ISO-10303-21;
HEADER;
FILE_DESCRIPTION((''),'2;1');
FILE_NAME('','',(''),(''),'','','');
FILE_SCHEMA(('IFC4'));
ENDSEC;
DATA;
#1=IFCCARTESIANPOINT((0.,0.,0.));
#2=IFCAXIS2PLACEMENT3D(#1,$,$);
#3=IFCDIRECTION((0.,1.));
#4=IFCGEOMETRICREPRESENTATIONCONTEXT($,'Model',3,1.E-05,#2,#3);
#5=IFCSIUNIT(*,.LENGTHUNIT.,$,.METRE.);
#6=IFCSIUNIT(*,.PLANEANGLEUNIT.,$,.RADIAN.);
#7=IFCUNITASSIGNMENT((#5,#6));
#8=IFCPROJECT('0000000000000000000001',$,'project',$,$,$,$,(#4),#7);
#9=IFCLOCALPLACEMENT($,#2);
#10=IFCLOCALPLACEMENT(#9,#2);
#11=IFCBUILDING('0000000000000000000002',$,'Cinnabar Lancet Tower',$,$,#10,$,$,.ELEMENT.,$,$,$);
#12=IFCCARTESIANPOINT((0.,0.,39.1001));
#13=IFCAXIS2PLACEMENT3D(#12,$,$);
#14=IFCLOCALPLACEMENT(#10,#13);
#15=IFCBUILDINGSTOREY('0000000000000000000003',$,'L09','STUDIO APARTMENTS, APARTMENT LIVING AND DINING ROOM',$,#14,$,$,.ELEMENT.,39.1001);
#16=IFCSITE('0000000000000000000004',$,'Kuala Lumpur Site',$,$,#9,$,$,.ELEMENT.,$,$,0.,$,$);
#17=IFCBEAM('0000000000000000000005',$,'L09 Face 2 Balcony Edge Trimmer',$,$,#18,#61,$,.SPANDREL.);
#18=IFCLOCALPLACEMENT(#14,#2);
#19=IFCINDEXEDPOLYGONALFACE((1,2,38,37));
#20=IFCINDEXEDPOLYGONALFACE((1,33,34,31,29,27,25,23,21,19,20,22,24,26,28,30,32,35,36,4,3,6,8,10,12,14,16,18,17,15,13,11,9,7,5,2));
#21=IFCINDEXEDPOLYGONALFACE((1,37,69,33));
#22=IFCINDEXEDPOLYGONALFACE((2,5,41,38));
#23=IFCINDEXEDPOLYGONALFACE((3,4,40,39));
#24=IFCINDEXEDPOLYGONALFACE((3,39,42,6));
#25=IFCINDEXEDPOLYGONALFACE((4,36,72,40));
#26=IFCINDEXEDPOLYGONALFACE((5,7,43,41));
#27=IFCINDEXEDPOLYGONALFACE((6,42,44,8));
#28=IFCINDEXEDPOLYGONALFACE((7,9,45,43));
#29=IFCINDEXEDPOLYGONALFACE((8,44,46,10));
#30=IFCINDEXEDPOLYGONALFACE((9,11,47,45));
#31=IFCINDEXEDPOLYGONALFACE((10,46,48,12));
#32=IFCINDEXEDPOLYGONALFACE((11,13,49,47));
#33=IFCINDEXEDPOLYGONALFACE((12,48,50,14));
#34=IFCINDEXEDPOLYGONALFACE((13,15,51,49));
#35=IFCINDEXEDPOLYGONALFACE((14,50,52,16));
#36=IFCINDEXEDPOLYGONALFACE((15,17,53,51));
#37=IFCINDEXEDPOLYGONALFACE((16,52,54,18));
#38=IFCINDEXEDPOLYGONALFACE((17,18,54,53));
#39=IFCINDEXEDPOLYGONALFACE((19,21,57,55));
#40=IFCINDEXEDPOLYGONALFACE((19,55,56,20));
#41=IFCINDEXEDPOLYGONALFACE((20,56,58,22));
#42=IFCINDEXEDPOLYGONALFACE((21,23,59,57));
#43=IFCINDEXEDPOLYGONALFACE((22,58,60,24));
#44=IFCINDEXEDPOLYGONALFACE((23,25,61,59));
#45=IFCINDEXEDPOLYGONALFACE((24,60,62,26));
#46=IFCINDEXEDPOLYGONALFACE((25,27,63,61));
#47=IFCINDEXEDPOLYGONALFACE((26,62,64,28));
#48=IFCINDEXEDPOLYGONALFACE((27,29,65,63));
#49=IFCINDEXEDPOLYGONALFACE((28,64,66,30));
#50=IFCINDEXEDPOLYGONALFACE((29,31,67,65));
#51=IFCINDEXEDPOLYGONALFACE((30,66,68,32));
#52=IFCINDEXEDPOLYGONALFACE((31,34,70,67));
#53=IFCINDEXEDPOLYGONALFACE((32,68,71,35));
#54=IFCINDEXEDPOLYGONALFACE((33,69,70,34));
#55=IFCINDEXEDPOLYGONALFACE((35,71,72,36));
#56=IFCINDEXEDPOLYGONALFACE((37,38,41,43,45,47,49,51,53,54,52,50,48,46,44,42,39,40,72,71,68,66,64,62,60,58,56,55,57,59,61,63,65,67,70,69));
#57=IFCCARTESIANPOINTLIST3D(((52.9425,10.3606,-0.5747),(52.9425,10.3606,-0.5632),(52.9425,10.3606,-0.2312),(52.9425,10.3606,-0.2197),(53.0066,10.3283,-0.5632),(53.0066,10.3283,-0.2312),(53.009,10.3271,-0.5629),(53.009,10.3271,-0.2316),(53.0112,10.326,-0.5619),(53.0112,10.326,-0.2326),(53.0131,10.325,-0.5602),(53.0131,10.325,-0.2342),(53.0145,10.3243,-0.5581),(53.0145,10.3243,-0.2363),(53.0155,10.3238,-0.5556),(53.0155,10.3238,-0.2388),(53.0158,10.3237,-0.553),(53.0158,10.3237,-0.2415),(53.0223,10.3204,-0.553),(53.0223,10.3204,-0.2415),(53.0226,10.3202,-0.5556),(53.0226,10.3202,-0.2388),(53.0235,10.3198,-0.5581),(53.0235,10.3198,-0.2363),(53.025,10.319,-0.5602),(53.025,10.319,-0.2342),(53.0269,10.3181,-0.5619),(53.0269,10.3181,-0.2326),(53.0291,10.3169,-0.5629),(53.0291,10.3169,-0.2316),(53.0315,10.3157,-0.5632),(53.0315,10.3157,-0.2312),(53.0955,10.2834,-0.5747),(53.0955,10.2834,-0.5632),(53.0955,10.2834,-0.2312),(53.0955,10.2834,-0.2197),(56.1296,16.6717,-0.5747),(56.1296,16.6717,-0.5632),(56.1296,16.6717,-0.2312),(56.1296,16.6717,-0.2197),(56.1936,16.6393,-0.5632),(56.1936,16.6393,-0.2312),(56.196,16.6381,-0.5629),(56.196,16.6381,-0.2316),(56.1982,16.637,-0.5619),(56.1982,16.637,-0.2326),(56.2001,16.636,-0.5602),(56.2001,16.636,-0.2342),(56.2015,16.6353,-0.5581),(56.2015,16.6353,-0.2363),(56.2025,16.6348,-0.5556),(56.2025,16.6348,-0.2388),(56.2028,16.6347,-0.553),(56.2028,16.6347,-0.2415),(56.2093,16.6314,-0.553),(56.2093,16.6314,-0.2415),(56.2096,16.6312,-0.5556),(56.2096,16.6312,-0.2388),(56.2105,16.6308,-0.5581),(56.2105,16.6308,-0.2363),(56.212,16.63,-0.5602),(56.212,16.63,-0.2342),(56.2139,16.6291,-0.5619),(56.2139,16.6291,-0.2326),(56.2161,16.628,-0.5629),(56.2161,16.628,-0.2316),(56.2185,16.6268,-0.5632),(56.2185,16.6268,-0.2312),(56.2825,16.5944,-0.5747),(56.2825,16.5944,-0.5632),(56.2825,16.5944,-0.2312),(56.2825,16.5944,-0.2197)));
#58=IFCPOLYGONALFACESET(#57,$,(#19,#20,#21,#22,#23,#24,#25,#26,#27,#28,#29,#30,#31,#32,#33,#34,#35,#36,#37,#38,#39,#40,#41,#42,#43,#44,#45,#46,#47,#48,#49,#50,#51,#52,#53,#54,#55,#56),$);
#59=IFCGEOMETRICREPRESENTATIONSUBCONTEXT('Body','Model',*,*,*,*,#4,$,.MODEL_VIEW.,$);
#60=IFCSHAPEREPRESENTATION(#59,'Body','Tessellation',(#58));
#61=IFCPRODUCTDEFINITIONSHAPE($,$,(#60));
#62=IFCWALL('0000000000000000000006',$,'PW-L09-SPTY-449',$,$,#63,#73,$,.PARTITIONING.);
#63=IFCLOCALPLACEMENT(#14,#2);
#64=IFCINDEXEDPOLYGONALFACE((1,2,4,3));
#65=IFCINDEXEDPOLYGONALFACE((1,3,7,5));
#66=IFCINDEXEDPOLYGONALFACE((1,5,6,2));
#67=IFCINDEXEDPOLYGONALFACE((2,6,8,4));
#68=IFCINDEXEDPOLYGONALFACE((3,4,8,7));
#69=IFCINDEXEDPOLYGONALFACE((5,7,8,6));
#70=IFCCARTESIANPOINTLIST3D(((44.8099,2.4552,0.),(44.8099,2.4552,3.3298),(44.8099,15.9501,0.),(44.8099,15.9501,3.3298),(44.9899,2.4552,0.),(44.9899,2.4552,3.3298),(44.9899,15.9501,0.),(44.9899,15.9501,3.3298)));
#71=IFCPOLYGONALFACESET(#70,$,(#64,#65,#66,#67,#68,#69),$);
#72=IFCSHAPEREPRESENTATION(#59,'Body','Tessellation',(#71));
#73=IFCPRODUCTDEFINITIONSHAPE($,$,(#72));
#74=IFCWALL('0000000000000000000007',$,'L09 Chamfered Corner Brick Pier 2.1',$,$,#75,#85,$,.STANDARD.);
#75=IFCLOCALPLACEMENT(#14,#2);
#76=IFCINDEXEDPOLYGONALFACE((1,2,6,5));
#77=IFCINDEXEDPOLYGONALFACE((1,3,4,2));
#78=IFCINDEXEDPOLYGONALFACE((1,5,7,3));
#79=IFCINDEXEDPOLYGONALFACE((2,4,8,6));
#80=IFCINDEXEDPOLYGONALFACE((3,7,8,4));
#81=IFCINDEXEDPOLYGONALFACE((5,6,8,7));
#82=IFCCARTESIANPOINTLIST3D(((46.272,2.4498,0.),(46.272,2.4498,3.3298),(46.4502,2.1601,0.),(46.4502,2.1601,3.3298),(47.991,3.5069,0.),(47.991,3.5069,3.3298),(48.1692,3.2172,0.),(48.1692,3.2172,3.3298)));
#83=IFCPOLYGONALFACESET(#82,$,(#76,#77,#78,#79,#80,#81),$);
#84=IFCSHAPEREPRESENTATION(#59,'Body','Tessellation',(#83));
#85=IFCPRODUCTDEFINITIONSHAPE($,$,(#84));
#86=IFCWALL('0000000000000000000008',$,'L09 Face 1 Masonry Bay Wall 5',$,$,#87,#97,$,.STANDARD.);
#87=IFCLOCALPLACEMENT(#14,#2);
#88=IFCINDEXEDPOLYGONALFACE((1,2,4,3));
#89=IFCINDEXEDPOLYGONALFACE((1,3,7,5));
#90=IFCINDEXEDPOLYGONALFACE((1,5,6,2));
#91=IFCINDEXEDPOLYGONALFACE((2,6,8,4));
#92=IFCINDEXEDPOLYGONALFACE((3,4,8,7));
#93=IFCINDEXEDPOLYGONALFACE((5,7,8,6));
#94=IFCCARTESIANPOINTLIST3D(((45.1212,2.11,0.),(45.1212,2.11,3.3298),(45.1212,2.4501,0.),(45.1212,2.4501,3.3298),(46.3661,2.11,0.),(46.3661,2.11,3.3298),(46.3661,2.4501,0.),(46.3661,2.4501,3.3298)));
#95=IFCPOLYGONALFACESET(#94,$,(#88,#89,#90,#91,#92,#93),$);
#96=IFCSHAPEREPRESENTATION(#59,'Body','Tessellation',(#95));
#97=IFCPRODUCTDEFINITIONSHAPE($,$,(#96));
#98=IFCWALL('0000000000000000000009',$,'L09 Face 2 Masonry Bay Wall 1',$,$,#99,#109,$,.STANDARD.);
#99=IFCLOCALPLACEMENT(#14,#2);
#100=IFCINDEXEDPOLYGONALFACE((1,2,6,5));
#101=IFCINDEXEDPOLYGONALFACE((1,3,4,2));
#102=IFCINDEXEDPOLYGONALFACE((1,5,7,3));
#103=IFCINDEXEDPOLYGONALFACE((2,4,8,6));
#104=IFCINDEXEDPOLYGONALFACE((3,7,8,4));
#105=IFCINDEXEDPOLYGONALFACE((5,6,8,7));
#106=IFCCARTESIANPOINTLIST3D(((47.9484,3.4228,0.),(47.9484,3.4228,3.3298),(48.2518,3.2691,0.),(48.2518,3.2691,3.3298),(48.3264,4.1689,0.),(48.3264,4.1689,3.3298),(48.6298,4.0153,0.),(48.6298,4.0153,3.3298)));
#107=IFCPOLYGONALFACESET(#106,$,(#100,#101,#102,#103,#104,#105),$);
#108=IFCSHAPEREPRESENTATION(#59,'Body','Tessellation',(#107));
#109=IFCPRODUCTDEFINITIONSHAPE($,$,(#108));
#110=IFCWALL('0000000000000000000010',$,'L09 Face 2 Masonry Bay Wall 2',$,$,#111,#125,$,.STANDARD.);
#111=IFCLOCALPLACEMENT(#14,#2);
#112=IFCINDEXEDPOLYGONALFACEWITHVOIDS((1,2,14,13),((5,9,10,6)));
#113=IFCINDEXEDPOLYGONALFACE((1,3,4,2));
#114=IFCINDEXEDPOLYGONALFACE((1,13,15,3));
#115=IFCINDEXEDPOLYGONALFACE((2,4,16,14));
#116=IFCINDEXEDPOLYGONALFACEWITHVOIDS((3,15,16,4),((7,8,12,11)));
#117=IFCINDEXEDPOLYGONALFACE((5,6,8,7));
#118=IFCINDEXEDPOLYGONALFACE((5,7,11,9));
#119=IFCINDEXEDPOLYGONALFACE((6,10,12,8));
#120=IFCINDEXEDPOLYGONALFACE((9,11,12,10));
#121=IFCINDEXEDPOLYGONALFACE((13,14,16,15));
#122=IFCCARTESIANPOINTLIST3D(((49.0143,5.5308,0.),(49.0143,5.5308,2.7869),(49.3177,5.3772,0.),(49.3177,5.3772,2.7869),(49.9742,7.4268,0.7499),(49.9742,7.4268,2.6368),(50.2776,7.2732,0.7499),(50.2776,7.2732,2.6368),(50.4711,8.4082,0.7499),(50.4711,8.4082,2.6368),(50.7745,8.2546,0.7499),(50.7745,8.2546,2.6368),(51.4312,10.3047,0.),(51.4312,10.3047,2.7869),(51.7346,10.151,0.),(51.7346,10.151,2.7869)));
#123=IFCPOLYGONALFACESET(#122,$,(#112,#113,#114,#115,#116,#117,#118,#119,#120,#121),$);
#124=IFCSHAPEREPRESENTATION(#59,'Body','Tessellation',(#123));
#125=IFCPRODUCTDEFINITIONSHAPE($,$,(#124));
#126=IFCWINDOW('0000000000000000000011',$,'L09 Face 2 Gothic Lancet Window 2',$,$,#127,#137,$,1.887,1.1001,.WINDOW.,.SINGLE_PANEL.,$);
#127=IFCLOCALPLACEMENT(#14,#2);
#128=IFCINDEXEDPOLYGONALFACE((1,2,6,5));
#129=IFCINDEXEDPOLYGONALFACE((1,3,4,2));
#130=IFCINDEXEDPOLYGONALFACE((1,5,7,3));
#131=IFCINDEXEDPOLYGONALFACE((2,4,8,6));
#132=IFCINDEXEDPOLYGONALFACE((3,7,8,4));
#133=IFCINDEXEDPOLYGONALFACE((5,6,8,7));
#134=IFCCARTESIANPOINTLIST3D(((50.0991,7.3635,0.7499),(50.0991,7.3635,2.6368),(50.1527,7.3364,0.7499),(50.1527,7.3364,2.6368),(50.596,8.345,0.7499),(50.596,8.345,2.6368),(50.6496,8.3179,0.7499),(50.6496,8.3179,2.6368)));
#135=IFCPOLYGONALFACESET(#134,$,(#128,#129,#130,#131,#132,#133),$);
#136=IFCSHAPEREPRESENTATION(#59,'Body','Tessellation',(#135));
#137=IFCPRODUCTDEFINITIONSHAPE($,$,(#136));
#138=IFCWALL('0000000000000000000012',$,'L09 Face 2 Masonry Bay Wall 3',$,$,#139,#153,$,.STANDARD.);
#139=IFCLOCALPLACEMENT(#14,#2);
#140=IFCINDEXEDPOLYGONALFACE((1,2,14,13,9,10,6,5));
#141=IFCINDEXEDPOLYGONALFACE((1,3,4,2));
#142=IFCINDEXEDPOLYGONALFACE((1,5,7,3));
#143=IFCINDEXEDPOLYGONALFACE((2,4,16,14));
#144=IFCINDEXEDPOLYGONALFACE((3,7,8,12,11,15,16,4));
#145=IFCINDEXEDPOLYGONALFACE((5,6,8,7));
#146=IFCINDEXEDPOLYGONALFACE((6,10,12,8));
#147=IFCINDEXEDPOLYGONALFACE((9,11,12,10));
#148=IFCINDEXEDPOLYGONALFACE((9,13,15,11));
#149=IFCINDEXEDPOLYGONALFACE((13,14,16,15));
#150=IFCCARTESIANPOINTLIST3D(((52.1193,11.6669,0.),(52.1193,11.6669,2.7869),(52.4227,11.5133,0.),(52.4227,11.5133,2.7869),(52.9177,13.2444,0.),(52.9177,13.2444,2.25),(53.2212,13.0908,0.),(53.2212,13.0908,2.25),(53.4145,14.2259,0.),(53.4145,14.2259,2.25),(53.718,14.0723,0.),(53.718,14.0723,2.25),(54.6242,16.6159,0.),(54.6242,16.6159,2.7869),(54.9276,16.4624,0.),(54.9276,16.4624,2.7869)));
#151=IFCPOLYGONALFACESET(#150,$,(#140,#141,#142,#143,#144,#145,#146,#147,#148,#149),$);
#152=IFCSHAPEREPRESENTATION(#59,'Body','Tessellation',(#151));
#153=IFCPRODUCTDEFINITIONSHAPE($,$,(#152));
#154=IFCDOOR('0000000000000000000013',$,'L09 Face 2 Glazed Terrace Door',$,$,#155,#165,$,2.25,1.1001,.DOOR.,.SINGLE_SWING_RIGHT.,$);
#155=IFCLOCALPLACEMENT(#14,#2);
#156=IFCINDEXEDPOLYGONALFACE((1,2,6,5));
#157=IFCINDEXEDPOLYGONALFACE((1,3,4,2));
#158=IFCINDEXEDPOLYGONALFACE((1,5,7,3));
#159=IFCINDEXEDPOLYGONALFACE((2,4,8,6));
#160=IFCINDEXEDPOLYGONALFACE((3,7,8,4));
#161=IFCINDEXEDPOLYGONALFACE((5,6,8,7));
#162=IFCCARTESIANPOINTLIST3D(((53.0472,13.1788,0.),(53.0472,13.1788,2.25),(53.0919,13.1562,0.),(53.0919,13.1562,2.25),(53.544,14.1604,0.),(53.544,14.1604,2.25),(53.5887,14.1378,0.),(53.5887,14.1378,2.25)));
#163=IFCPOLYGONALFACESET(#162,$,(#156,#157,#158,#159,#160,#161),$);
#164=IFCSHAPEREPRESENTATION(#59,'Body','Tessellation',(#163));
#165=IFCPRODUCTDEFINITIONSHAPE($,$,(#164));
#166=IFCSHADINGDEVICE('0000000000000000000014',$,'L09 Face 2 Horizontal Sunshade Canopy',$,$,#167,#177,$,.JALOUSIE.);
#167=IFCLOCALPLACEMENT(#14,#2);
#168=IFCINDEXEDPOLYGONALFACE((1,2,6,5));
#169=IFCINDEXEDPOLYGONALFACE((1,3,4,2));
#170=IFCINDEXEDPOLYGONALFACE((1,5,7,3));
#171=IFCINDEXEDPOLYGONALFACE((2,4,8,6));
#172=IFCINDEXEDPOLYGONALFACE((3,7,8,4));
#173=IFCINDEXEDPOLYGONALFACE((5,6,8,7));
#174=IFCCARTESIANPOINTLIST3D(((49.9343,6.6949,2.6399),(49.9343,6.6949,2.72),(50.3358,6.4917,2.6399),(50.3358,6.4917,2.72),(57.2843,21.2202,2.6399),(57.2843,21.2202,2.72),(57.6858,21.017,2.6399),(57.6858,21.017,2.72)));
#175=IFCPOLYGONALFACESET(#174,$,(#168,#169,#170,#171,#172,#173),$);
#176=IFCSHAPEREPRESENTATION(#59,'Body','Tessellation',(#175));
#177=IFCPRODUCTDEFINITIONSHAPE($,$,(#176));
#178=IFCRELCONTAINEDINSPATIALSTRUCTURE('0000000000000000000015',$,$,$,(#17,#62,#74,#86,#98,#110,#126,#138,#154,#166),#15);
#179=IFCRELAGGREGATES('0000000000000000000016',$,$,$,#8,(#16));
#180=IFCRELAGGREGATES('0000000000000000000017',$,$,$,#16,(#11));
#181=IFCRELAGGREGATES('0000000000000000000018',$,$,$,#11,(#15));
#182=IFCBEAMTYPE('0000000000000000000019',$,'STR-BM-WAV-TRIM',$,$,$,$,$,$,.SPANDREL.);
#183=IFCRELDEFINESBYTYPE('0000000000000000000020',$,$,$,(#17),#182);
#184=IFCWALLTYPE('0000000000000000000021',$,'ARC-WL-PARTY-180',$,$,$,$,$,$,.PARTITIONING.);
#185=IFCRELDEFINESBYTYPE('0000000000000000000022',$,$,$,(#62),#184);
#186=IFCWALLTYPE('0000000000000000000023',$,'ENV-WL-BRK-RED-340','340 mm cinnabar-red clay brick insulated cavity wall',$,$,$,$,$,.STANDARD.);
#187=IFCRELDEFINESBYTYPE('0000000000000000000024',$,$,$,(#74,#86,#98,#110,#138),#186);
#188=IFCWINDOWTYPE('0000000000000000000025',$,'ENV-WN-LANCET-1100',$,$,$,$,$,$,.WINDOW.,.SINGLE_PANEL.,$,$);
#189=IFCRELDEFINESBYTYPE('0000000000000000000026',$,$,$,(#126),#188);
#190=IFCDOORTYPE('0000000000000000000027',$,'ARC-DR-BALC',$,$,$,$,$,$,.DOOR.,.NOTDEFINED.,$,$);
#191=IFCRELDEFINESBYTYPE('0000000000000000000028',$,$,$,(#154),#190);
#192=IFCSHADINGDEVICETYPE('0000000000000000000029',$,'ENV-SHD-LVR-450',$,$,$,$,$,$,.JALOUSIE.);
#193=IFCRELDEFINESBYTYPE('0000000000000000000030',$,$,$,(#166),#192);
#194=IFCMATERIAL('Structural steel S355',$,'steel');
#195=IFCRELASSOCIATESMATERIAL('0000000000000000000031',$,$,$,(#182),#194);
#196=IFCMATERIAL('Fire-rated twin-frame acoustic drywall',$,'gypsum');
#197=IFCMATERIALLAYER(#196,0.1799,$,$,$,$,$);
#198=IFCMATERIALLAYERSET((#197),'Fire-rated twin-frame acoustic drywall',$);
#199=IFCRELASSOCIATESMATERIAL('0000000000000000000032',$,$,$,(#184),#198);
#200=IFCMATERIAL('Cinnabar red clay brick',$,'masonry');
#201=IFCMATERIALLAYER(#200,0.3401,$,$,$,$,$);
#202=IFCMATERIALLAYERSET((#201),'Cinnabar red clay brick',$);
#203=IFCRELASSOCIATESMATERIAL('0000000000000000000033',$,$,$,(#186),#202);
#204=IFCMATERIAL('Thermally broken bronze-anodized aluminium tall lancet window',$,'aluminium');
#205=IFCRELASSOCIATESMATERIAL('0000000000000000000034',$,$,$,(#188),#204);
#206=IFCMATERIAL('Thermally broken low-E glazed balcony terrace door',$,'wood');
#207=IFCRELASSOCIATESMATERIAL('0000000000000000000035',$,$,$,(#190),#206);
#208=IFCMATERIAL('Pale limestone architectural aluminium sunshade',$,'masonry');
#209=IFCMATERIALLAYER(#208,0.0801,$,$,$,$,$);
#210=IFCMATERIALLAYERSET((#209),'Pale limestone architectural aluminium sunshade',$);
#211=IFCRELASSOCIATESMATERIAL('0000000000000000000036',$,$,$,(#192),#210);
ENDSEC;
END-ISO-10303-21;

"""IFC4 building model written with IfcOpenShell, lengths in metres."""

from ifc_helpers import new_model, si_unit, direction, frame, frame_2d, origin, origin_2d, place, context, subcontext, project, spatial, rectangle, i_section, extrude, material, layer, layer_set, material_profile, profile_set, type_object, element, fill, save


model = new_model("IFC4")

# Units and contexts
model_context = context("Model", 3, precision=1e-05, world=origin(), true_north=direction((0.0, 1.0)))
body_context = subcontext(model_context, "Body", "Model", "MODEL_VIEW")
ifc_project = project(units=[si_unit("LENGTHUNIT", "METRE"), si_unit("PLANEANGLEUNIT", "RADIAN")], contexts=[model_context])

# Site, building, storey
site_placement = place(None, origin())
site = spatial("IfcSite", under=ifc_project, at=site_placement, Name="Kuala Lumpur Site", CompositionType="ELEMENT", RefElevation=0.0)
building_placement = place(site_placement, origin())
building = spatial("IfcBuilding", under=site, at=building_placement, Name="Cinnabar Lancet Tower", CompositionType="ELEMENT")
storey_placement = place(building_placement, frame((0.0, 0.0, 39.1001)))
storey = spatial("IfcBuildingStorey", under=building, at=storey_placement, Name="L09", Description="STUDIO APARTMENTS, APARTMENT LIVING AND DINING ROOM", CompositionType="ELEMENT", Elevation=39.1001)

# Beam
ifc_material_1 = material(Name="Structural steel S355", Category="steel")
ifc_material_profile_1 = material_profile(ifc_material_1, i_section(OverallWidth=0.1714, OverallDepth=0.355, WebThickness=0.0073, FlangeThickness=0.0115, FilletRadius=0.0103, at=origin_2d()), Name="UKB 356x171x51")
ifc_profile_set_1 = profile_set([ifc_material_profile_1], Name="Structural steel S355")
beam_type_1 = type_object("IfcBeamType", Name="STR-BM-WAV-TRIM", PredefinedType="SPANDREL", material=ifc_profile_set_1)
beam_1_placement = place(storey_placement, frame((53.019, 10.322, -0.3972), z_axis=(0.450774, 0.892638, 0.0), x_axis=(-0.892638, 0.450774, 0.0)))
element("IfcBeam", 1, at=beam_1_placement, inside=storey, type_object=beam_type_1, Name="L09 Face 2 Balcony Edge Trimmer", PredefinedType="SPANDREL", context=body_context, shape_type="SweptSolid", body=[
    extrude(i_section(OverallWidth=0.1714, OverallDepth=0.355, WebThickness=0.0073, FlangeThickness=0.0115, FilletRadius=0.0103, at=origin_2d()), origin(), (0.0, 0.0, 1.0), 7.0701),
])

# Walls
ifc_material_2 = material(Name="Fire-rated twin-frame acoustic drywall", Category="gypsum")
ifc_layer_1 = layer(ifc_material_2, 0.1799)
ifc_layer_set_1 = layer_set([ifc_layer_1], Name="Fire-rated twin-frame acoustic drywall")
wall_type_1 = type_object("IfcWallType", Name="ARC-WL-PARTY-180", PredefinedType="PARTITIONING", material=ifc_layer_set_1)
wall_1_placement = place(storey_placement, frame((44.8999, 2.4551, 0.0), z_axis=(0.0, 0.0, 1.0), x_axis=(0.0, 1.0, 0.0)))
element("IfcWall", 2, at=wall_1_placement, inside=storey, type_object=wall_type_1, Name="PW-L09-SPTY-449", PredefinedType="PARTITIONING", context=body_context, shape_type="SweptSolid", body=[
    extrude(rectangle(XDim=13.4949, YDim=0.1799, at=frame_2d((6.7476, 0.0))), origin(), (0.0, 0.0, 1.0), 3.3298),
])
ifc_material_3 = material(Name="Cinnabar red clay brick", Category="masonry")
ifc_layer_2 = layer(ifc_material_3, 0.3401)
ifc_layer_set_2 = layer_set([ifc_layer_2], Name="Cinnabar red clay brick")
wall_type_2 = type_object("IfcWallType", Name="ENV-WL-BRK-RED-340", Description="340 mm cinnabar-red clay brick insulated cavity wall", PredefinedType="STANDARD", material=ifc_layer_set_2)
wall_2_placement = place(storey_placement, frame((46.3611, 2.3049, 0.0), z_axis=(0.0, 0.0, 1.0), x_axis=(0.851816, 0.523841, 0.0)))
element("IfcWall", 3, at=wall_2_placement, inside=storey, type_object=wall_type_2, Name="L09 Chamfered Corner Brick Pier 2.1", PredefinedType="STANDARD", context=body_context, shape_type="SweptSolid", body=[
    extrude(rectangle(XDim=2.0181, YDim=0.3401, at=frame_2d((1.009, 0.0))), origin(), (0.0, 0.0, 1.0), 3.3298),
])
wall_3_placement = place(storey_placement, frame((45.1211, 2.28, 0.0), z_axis=(0.0, 0.0, 1.0), x_axis=(1.0, 0.0, 0.0)))
element("IfcWall", 4, at=wall_3_placement, inside=storey, type_object=wall_type_2, Name="L09 Face 1 Masonry Bay Wall 5", PredefinedType="STANDARD", context=body_context, shape_type="SweptSolid", body=[
    extrude(rectangle(XDim=1.2449, YDim=0.3401, at=frame_2d((0.6226, 0.0))), origin(), (0.0, 0.0, 1.0), 3.3298),
])
wall_4_placement = place(storey_placement, frame((48.1001, 3.3459, 0.0), z_axis=(0.0, 0.0, 1.0), x_axis=(0.451878, 0.89208, 0.0)))
element("IfcWall", 5, at=wall_4_placement, inside=storey, type_object=wall_type_2, Name="L09 Face 2 Masonry Bay Wall 1", PredefinedType="STANDARD", context=body_context, shape_type="SweptSolid", body=[
    extrude(rectangle(XDim=0.8364, YDim=0.3401, at=frame_2d((0.4182, 0.0))), origin(), (0.0, 0.0, 1.0), 3.3298),
])

# Wall, opening, window
wall_5_placement = place(storey_placement, frame((49.166, 5.4541, 0.0), z_axis=(0.0, 0.0, 1.0), x_axis=(0.451698, 0.892171, 0.0)))
wall_5 = element("IfcWall", 6, at=wall_5_placement, inside=storey, type_object=wall_type_2, Name="L09 Face 2 Masonry Bay Wall 2", PredefinedType="STANDARD", context=body_context, shape_type="SweptSolid", body=[
    extrude(rectangle(XDim=5.3508, YDim=0.3401, at=frame_2d((2.6753, 0.0))), origin(), (0.0, 0.0, 1.0), 2.7869),
])
opening_1_placement = place(wall_5_placement, frame((2.125, 0.0, 0.75)))
opening_1 = element("IfcOpeningElement", 7, at=opening_1_placement, cuts=wall_5, PredefinedType="OPENING", context=body_context, shape_type="SweptSolid", body=[
    extrude(rectangle(XDim=1.1001, YDim=1.887, at=frame_2d((0.55, 0.9434))), frame((0.0, 0.1799, 0.0), z_axis=(0.0, -1.0, 0.0), x_axis=(1.0, 0.0, 0.0)), (0.0, 0.0, 1.0), 0.3601),
])
ifc_material_4 = material(Name="Thermally broken bronze-anodized aluminium tall lancet window", Category="aluminium")
window_type = type_object("IfcWindowType", Name="ENV-WN-LANCET-1100", PartitioningType="SINGLE_PANEL", PredefinedType="WINDOW", material=ifc_material_4)
window_placement = place(opening_1_placement, origin())
window = element("IfcWindow", 8, at=window_placement, inside=storey, type_object=window_type, Name="L09 Face 2 Gothic Lancet Window 2", OverallHeight=1.887, OverallWidth=1.1001, PartitioningType="SINGLE_PANEL", PredefinedType="WINDOW", context=body_context, shape_type="SweptSolid", body=[
    extrude(rectangle(XDim=1.1001, YDim=1.887, at=frame_2d((0.55, 0.9434))), frame((0.0, 0.03, 0.0), z_axis=(0.0, -1.0, 0.0), x_axis=(1.0, 0.0, 0.0)), (0.0, 0.0, 1.0), 0.0601),
])
fill(opening_1, window)

# Wall, opening, door
wall_6_placement = place(storey_placement, frame((52.271, 11.5901, 0.0), z_axis=(0.0, 0.0, 1.0), x_axis=(0.451592, 0.892225, 0.0)))
wall_6 = element("IfcWall", 9, at=wall_6_placement, inside=storey, type_object=wall_type_2, Name="L09 Face 2 Masonry Bay Wall 3", PredefinedType="STANDARD", context=body_context, shape_type="SweptSolid", body=[
    extrude(rectangle(XDim=5.5469, YDim=0.3401, at=frame_2d((2.7734, 0.0))), origin(), (0.0, 0.0, 1.0), 2.7869),
])
opening_2_placement = place(wall_6_placement, frame((1.7681, 0.0, 0.0)))
opening_2 = element("IfcOpeningElement", 10, at=opening_2_placement, cuts=wall_6, PredefinedType="OPENING", context=body_context, shape_type="SweptSolid", body=[
    extrude(rectangle(XDim=1.1001, YDim=2.25, at=frame_2d((0.55, 1.125))), frame((0.0, 0.1799, 0.0), z_axis=(0.0, -1.0, 0.0), x_axis=(1.0, 0.0, 0.0)), (0.0, 0.0, 1.0), 0.3601),
])
ifc_material_5 = material(Name="Thermally broken low-E glazed balcony terrace door", Category="wood")
door_type = type_object("IfcDoorType", Name="ARC-DR-BALC", OperationType="NOTDEFINED", PredefinedType="DOOR", material=ifc_material_5)
door_placement = place(opening_2_placement, origin())
door = element("IfcDoor", 11, at=door_placement, inside=storey, type_object=door_type, Name="L09 Face 2 Glazed Terrace Door", OperationType="SINGLE_SWING_RIGHT", OverallHeight=2.25, OverallWidth=1.1001, PredefinedType="DOOR", context=body_context, shape_type="SweptSolid", body=[
    extrude(rectangle(XDim=1.1001, YDim=2.25, at=frame_2d((0.55, 1.125))), frame((0.0, 0.0249, 0.0), z_axis=(0.0, -1.0, 0.0), x_axis=(1.0, 0.0, 0.0)), (0.0, 0.0, 1.0), 0.05),
])
fill(opening_2, door)

# Shading device
ifc_material_6 = material(Name="Pale limestone architectural aluminium sunshade", Category="masonry")
ifc_layer_3 = layer(ifc_material_6, 0.0801)
ifc_layer_set_3 = layer_set([ifc_layer_3], Name="Pale limestone architectural aluminium sunshade")
shading_device_type = type_object("IfcShadingDeviceType", Name="ENV-SHD-LVR-450", PredefinedType="JALOUSIE", material=ifc_layer_set_3)
shading_device_placement = place(storey_placement, frame((53.8101, 13.856, 2.6399), z_axis=(0.0, 0.0, 1.0), x_axis=(0.451501, 0.892271, 0.0)))
element("IfcShadingDevice", 12, at=shading_device_placement, inside=storey, type_object=shading_device_type, Name="L09 Face 2 Horizontal Sunshade Canopy", PredefinedType="JALOUSIE", context=body_context, shape_type="SweptSolid", body=[
    extrude(rectangle(XDim=16.2791, YDim=0.45, at=origin_2d()), origin(), (0.0, 0.0, 1.0), 0.0801),
])

save(model, "model.ifc")
